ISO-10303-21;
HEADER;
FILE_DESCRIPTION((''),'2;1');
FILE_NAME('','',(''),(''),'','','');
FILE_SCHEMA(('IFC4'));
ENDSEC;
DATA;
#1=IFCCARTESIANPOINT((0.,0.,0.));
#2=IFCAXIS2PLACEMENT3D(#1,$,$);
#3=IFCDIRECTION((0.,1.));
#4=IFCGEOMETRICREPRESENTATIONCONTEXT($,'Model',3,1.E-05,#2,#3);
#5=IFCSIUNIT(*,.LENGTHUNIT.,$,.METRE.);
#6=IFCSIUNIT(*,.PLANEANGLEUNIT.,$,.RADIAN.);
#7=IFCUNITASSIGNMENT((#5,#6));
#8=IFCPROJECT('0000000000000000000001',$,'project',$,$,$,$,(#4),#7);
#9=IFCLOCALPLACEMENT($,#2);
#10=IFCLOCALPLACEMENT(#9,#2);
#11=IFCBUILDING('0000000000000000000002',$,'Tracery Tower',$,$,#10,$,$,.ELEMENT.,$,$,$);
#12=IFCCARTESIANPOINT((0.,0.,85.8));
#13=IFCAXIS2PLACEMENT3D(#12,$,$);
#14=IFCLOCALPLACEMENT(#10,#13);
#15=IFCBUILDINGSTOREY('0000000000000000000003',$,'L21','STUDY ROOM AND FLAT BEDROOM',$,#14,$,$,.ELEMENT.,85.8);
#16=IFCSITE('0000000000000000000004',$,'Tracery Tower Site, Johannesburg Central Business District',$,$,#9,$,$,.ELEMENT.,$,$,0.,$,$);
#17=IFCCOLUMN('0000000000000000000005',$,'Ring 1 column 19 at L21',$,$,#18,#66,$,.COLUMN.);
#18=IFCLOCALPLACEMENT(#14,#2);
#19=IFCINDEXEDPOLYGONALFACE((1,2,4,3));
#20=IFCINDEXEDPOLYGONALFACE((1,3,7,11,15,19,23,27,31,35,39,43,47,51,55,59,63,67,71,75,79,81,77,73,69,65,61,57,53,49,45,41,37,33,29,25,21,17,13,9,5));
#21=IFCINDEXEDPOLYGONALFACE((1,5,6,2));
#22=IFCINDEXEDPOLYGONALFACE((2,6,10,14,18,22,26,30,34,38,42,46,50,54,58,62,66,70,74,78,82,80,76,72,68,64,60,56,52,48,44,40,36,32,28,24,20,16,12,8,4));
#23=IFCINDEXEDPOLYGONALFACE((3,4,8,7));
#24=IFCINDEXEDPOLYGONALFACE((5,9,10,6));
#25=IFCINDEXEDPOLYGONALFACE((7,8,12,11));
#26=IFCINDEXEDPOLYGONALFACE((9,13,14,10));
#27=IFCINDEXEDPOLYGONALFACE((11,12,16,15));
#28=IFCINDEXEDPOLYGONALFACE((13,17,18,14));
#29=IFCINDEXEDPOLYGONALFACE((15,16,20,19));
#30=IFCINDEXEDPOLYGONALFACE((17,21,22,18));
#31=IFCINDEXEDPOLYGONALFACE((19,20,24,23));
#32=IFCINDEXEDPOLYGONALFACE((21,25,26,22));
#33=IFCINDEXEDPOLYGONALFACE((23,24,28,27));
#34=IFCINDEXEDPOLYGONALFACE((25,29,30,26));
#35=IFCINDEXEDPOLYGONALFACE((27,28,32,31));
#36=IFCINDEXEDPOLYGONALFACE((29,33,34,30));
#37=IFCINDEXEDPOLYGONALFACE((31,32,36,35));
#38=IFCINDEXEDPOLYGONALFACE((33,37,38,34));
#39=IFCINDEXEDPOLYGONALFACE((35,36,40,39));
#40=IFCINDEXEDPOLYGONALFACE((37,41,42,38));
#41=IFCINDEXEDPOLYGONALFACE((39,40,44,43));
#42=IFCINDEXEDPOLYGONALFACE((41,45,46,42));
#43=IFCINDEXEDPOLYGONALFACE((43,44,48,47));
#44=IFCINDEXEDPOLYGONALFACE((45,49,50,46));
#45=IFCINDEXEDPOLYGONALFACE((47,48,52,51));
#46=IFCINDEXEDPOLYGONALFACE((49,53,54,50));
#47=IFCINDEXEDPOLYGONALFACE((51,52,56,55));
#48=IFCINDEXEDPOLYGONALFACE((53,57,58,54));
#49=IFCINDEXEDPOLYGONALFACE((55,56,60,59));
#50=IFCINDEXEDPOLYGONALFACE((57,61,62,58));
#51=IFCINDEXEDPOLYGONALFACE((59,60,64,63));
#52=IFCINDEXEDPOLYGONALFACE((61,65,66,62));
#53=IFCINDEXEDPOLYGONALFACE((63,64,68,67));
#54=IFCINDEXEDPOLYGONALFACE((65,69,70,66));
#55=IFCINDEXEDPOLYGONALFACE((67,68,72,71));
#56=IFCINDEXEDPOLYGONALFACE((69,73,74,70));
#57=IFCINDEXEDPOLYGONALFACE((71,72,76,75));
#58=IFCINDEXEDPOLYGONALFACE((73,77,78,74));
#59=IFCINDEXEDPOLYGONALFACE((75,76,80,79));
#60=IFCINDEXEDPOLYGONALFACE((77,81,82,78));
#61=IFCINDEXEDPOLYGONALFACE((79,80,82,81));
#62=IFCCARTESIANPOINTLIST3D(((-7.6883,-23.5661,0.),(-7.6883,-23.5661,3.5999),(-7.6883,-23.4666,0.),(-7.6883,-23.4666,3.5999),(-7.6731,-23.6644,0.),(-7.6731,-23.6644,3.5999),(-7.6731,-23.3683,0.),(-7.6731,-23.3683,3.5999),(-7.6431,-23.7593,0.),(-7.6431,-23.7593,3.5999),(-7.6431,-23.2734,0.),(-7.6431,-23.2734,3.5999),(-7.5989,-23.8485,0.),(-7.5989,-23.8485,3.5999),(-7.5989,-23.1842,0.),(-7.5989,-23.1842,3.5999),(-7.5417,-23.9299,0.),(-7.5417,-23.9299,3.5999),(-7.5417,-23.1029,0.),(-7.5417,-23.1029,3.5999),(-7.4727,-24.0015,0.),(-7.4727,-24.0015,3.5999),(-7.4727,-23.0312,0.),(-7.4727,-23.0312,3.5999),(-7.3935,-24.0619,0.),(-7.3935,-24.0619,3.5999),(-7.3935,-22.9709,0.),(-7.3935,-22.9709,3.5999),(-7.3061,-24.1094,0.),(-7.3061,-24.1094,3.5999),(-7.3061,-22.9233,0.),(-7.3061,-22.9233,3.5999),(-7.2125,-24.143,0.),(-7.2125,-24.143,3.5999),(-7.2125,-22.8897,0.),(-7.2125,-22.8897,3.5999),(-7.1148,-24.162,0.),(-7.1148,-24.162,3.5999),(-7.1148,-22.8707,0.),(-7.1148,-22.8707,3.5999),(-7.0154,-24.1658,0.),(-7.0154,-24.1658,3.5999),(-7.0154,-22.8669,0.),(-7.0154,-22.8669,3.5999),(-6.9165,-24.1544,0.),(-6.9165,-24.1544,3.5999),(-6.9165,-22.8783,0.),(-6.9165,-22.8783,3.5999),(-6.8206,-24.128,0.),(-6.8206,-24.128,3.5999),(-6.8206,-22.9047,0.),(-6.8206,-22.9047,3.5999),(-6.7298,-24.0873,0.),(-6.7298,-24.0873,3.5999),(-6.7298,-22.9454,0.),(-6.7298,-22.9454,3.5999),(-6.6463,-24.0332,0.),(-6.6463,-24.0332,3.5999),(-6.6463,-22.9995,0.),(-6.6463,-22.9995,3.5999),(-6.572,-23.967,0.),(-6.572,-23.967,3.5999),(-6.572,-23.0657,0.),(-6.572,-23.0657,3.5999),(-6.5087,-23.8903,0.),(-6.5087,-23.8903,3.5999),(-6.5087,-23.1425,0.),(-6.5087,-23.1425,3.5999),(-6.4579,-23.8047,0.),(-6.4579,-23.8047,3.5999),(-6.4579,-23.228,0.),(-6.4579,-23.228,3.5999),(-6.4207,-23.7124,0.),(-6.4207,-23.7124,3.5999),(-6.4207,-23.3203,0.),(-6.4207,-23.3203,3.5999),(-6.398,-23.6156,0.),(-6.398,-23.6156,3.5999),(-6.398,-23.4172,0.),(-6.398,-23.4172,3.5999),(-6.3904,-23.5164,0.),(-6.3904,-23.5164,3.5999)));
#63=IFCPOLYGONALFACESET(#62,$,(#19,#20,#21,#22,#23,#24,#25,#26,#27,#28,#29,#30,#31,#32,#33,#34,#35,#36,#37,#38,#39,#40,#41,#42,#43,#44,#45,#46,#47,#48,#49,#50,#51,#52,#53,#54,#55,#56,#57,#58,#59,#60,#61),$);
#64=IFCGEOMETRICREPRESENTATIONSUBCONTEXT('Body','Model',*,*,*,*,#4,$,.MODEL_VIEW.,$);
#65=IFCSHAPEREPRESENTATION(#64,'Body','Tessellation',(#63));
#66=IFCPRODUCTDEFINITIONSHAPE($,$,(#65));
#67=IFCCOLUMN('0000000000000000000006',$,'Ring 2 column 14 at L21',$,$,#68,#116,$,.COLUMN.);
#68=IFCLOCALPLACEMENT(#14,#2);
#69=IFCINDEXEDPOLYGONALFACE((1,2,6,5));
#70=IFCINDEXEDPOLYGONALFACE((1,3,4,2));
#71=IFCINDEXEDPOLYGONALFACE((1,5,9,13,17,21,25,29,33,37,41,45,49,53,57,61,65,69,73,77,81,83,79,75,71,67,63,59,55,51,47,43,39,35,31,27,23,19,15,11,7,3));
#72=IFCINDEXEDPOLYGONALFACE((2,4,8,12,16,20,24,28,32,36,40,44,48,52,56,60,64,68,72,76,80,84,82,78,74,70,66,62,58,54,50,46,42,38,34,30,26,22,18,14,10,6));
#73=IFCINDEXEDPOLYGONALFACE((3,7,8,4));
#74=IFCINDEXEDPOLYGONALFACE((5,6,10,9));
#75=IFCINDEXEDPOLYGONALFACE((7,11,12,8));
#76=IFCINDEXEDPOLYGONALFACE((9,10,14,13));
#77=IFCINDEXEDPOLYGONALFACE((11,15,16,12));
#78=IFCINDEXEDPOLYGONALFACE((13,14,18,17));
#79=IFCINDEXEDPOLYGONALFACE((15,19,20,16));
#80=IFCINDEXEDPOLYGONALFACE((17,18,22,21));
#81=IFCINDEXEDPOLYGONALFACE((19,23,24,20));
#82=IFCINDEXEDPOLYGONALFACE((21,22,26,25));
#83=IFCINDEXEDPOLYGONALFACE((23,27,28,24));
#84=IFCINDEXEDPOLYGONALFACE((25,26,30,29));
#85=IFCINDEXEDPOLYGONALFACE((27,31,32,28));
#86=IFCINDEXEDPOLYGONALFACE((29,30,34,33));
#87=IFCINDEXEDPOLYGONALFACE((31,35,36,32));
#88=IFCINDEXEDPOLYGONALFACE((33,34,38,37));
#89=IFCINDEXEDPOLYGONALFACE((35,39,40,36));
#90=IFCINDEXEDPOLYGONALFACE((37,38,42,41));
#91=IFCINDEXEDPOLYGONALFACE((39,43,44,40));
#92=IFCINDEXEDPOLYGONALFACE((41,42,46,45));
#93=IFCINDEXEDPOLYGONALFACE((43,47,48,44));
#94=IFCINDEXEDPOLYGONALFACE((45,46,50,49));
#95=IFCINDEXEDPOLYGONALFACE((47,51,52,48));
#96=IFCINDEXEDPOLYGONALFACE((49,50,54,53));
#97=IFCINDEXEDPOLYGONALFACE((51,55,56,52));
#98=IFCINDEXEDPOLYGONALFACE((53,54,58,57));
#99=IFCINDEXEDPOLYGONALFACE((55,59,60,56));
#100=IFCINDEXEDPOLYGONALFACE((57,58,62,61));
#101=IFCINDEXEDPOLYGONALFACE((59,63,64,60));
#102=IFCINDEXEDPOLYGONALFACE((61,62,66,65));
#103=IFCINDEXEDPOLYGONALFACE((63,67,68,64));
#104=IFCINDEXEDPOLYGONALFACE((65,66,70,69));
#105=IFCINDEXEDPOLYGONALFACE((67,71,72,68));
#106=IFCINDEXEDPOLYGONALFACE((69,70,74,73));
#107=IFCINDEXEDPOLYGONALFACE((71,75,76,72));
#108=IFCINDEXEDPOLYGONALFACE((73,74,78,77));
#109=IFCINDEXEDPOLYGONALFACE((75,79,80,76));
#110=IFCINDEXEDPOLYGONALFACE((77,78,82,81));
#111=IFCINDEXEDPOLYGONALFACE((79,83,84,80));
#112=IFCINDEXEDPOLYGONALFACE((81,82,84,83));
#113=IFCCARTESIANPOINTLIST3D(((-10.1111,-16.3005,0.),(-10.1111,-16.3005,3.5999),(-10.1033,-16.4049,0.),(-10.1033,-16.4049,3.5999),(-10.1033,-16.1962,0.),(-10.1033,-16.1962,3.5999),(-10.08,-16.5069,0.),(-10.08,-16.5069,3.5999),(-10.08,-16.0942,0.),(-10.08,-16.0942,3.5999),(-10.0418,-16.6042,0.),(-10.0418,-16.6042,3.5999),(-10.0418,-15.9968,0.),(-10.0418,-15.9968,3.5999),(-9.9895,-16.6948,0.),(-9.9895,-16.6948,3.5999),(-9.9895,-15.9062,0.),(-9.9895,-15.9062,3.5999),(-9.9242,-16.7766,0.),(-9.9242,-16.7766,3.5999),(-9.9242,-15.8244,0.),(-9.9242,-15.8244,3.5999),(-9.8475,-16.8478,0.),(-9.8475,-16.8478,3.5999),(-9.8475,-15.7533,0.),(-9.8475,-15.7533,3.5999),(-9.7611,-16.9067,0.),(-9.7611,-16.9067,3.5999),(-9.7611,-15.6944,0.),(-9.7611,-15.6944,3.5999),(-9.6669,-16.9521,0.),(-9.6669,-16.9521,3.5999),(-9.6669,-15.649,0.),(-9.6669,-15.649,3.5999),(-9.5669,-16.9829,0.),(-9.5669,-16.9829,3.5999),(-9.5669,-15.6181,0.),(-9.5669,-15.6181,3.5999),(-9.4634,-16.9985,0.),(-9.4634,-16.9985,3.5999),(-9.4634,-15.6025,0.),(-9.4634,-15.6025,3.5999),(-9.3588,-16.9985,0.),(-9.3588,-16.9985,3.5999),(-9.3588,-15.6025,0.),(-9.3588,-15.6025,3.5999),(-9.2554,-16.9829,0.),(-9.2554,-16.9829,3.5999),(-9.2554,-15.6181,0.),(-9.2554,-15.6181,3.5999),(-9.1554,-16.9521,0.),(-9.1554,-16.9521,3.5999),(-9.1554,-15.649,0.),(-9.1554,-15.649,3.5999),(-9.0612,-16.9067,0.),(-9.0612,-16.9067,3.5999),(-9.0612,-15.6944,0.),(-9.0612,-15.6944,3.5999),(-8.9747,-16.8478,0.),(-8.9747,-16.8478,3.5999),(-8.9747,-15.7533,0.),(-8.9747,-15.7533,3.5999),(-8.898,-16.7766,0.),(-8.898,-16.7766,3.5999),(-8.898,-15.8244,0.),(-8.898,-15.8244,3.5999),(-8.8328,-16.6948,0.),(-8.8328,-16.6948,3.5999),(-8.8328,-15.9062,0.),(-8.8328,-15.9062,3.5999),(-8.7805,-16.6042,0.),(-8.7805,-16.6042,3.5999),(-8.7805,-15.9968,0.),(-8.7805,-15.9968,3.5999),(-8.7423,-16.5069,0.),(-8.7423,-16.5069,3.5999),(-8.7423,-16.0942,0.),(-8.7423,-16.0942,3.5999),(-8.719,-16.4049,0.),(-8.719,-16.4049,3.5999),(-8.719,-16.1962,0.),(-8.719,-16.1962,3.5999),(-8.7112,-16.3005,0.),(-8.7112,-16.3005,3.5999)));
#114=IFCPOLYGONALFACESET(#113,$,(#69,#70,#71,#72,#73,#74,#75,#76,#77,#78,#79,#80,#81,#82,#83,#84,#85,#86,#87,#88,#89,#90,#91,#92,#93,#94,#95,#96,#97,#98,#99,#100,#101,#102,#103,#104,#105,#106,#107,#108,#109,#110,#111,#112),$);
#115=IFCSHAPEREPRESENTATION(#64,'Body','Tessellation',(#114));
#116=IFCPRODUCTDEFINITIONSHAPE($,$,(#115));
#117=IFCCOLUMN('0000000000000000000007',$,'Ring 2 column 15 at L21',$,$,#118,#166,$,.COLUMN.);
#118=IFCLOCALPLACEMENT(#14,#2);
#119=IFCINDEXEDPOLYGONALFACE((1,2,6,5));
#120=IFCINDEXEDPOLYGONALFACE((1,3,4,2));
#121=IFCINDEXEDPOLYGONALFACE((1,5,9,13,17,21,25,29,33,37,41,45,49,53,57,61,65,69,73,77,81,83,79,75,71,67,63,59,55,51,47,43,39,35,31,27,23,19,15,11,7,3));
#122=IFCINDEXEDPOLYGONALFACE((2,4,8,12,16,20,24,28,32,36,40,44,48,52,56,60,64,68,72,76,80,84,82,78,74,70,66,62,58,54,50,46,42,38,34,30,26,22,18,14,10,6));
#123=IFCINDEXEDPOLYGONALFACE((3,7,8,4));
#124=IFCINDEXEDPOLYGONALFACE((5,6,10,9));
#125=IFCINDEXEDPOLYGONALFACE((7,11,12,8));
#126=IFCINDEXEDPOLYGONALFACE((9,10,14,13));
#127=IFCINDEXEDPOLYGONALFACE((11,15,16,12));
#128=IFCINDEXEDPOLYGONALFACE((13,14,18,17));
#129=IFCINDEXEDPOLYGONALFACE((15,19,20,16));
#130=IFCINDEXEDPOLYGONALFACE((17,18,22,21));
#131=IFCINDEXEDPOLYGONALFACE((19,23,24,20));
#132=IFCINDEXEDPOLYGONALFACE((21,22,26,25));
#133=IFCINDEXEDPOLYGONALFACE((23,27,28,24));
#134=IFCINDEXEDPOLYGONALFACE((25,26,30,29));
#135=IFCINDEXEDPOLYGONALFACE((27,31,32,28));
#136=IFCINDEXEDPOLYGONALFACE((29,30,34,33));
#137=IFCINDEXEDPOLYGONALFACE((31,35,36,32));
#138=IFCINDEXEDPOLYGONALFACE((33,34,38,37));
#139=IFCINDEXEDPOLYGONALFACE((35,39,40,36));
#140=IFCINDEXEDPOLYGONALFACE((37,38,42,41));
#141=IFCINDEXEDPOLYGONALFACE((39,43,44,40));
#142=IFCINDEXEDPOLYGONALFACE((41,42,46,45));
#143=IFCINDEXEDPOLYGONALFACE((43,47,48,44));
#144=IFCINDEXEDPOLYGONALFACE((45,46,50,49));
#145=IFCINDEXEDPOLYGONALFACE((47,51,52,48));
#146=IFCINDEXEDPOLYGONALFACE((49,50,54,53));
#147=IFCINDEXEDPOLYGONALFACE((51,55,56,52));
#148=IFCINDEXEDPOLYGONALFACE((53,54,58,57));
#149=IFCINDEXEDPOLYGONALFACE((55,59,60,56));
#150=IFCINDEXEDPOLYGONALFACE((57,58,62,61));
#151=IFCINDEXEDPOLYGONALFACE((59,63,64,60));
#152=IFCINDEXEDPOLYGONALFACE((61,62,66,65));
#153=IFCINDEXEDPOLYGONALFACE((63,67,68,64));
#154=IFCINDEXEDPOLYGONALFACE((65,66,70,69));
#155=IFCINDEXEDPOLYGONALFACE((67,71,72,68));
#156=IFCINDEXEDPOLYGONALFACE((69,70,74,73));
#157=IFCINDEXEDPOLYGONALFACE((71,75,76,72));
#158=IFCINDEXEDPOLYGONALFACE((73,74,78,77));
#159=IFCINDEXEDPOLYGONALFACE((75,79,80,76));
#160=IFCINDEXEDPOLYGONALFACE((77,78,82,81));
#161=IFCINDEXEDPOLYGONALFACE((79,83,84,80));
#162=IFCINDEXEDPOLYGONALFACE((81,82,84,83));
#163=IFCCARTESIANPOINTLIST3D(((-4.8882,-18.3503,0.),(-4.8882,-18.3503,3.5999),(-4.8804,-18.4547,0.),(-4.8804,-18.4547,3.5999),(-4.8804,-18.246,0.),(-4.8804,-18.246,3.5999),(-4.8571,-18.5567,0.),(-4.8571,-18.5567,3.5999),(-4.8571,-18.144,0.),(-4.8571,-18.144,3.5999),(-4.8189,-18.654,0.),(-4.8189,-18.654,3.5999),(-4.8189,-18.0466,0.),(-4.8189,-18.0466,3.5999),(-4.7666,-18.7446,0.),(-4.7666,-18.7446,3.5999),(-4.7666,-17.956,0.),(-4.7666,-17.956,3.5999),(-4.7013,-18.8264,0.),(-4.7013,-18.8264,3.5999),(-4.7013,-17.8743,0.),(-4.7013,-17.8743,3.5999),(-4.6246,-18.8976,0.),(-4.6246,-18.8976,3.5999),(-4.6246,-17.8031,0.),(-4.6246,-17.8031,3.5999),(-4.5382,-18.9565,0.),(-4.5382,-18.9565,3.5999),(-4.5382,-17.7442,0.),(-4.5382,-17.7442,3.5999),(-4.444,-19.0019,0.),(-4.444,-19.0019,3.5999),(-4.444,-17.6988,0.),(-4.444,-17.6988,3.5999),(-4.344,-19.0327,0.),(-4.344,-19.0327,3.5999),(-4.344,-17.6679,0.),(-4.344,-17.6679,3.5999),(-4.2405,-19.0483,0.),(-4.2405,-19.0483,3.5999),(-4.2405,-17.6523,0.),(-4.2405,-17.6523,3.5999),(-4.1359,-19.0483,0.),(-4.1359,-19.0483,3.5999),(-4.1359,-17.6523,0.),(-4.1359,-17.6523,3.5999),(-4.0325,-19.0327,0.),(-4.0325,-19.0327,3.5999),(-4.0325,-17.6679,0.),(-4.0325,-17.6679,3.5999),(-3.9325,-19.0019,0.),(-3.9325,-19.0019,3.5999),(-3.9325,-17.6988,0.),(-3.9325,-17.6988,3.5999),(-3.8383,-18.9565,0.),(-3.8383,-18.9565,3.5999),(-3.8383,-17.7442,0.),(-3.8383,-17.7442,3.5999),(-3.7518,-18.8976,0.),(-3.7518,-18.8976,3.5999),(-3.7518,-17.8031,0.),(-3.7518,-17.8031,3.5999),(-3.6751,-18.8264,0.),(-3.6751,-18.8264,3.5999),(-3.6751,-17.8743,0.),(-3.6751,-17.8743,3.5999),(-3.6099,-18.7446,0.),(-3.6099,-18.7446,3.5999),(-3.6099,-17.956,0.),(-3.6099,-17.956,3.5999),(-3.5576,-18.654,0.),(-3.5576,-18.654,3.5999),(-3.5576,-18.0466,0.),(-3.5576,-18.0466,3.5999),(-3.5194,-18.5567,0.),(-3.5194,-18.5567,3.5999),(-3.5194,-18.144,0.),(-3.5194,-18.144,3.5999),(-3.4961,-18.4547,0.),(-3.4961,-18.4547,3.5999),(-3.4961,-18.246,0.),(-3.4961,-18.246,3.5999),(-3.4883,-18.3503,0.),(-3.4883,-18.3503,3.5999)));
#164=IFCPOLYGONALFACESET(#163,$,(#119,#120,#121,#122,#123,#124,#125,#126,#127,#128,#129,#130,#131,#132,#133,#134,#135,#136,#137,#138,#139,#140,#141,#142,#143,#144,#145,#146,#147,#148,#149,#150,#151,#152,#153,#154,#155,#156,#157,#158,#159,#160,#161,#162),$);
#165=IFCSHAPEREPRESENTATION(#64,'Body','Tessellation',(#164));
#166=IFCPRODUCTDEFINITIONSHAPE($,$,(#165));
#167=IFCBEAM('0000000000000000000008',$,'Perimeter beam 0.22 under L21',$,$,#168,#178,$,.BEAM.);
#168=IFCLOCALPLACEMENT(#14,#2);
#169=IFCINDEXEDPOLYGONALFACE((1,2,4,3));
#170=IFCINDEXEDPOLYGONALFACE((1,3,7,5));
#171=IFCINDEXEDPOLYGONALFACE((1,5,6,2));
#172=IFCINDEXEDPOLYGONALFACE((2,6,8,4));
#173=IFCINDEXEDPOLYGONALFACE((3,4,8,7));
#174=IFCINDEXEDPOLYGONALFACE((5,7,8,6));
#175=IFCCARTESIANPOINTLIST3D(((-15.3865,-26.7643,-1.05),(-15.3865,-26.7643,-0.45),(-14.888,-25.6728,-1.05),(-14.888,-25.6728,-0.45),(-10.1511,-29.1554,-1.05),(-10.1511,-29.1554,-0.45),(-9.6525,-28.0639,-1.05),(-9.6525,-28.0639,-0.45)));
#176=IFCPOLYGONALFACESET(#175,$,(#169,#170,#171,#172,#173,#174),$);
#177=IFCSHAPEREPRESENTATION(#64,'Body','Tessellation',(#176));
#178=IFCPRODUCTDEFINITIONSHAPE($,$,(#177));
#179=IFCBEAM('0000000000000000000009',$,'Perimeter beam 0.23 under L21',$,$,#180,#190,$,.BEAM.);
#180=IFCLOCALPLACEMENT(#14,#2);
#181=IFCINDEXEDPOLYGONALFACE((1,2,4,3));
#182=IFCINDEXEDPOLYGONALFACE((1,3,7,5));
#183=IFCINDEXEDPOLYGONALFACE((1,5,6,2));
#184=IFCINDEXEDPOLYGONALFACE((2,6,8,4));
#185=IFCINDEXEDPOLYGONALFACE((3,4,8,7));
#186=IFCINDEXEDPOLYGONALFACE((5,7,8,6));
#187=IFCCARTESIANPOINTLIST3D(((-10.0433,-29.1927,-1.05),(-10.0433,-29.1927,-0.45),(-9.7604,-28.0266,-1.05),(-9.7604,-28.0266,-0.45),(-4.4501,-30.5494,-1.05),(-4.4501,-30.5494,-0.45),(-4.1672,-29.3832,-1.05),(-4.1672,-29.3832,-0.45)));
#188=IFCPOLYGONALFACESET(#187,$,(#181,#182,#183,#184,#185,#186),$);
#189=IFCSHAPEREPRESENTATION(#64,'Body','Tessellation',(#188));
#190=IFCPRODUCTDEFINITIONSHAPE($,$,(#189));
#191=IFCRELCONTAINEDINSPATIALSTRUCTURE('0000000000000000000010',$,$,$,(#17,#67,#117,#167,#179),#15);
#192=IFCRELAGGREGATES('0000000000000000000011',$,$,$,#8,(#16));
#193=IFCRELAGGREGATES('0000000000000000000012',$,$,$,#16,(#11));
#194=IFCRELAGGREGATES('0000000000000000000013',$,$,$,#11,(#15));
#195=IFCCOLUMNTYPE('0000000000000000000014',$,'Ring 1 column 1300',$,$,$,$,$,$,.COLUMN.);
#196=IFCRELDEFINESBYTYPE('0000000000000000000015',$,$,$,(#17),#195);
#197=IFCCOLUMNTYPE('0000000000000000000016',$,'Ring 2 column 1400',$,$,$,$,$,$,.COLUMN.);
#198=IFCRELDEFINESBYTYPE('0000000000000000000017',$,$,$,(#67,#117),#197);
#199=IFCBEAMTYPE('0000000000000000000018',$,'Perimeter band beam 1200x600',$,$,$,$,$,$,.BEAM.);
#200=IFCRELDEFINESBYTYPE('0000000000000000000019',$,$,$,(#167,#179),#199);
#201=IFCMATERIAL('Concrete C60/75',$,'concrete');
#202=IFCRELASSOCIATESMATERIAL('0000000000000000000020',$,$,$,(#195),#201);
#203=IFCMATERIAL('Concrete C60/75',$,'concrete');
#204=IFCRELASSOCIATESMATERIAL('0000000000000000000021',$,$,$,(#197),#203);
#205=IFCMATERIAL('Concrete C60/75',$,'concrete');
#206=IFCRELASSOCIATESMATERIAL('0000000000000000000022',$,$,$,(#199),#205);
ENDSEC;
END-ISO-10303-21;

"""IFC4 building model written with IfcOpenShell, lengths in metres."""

from ifc_helpers import new_model, si_unit, direction, frame, origin, origin_2d, place, context, subcontext, project, spatial, rectangle, circle, extrude, material, material_profile, profile_set, type_object, element, save


model = new_model("IFC4")

# Units and contexts
model_context = context("Model", 3, precision=1e-05, world=origin(), true_north=direction((0.0, 1.0)))
body_context = subcontext(model_context, "Body", "Model", "MODEL_VIEW")
ifc_project = project(units=[si_unit("LENGTHUNIT", "METRE"), si_unit("PLANEANGLEUNIT", "RADIAN")], contexts=[model_context])

# Site, building, storey
site_placement = place(None, origin())
site = spatial("IfcSite", under=ifc_project, at=site_placement, Name="Tracery Tower Site, Johannesburg Central Business District", CompositionType="ELEMENT", RefElevation=0.0)
building_placement = place(site_placement, origin())
building = spatial("IfcBuilding", under=site, at=building_placement, Name="Tracery Tower", CompositionType="ELEMENT")
storey_placement = place(building_placement, frame((0.0, 0.0, 85.8)))
storey = spatial("IfcBuildingStorey", under=building, at=storey_placement, Name="L21", Description="STUDY ROOM AND FLAT BEDROOM", CompositionType="ELEMENT", Elevation=85.8)

# Columns
ifc_material_1 = material(Name="Concrete C60/75", Category="concrete")
ifc_material_profile_1 = material_profile(ifc_material_1, circle(Radius=0.6499, at=origin_2d()), Name="RC D1300")
ifc_profile_set_1 = profile_set([ifc_material_profile_1], Name="Concrete C60/75")
column_type_1 = type_object("IfcColumnType", Name="Ring 1 column 1300", PredefinedType="COLUMN", material=ifc_profile_set_1)
for number, where, z_axis, x_axis, name in (
    (1, (-7.0403, -23.5164, 0.0), (0.0, 0.0, 1.0), (1.0, 0.0, 0.0), "Ring 1 column 19 at L21"),
):
    element("IfcColumn", number, at=place(storey_placement, frame(where, z_axis=z_axis, x_axis=x_axis)), inside=storey, type_object=column_type_1, Name=name, PredefinedType="COLUMN", context=body_context, shape_type="SweptSolid", body=[
        extrude(circle(Radius=0.6499, at=origin_2d()), origin(), (0.0, 0.0, 1.0), 3.5999),
    ])
ifc_material_2 = material(Name="Concrete C60/75", Category="concrete")
ifc_material_profile_2 = material_profile(ifc_material_2, circle(Radius=0.7, at=origin_2d()), Name="RC D1400")
ifc_profile_set_2 = profile_set([ifc_material_profile_2], Name="Concrete C60/75")
column_type_2 = type_object("IfcColumnType", Name="Ring 2 column 1400", PredefinedType="COLUMN", material=ifc_profile_set_2)
for number, where, z_axis, x_axis, name in (
    (2, (-9.4111, -16.3005, 0.0), (0.0, 0.0, 1.0), (1.0, 0.0, 0.0), "Ring 2 column 14 at L21"),
    (3, (-4.1882, -18.3503, 0.0), (0.0, 0.0, 1.0), (1.0, 0.0, 0.0), "Ring 2 column 15 at L21"),
):
    element("IfcColumn", number, at=place(storey_placement, frame(where, z_axis=z_axis, x_axis=x_axis)), inside=storey, type_object=column_type_2, Name=name, PredefinedType="COLUMN", context=body_context, shape_type="SweptSolid", body=[
        extrude(circle(Radius=0.7, at=origin_2d()), origin(), (0.0, 0.0, 1.0), 3.5999),
    ])

# Beams
ifc_material_3 = material(Name="Concrete C60/75", Category="concrete")
ifc_material_profile_3 = material_profile(ifc_material_3, rectangle(XDim=1.2, YDim=0.6001, at=origin_2d()), Name="RC 1200x600")
ifc_profile_set_3 = profile_set([ifc_material_profile_3], Name="Concrete C60/75")
beam_type = type_object("IfcBeamType", Name="Perimeter band beam 1200x600", PredefinedType="BEAM", material=ifc_profile_set_3)
beam_1_placement = place(storey_placement, frame((-15.1372, -26.2185, -0.75), z_axis=(0.909618, -0.415445, 0.0), x_axis=(0.415445, 0.909618, 0.0)))
element("IfcBeam", 4, at=beam_1_placement, inside=storey, type_object=beam_type, Name="Perimeter beam 0.22 under L21", PredefinedType="BEAM", context=body_context, shape_type="SweptSolid", body=[
    extrude(rectangle(XDim=1.2, YDim=0.6001, at=origin_2d()), origin(), (0.0, 0.0, 1.0), 5.7556),
])
beam_2_placement = place(storey_placement, frame((-9.9019, -28.6096, -0.75), z_axis=(0.97182, -0.235723, 0.0), x_axis=(0.235723, 0.97182, 0.0)))
element("IfcBeam", 5, at=beam_2_placement, inside=storey, type_object=beam_type, Name="Perimeter beam 0.23 under L21", PredefinedType="BEAM", context=body_context, shape_type="SweptSolid", body=[
    extrude(rectangle(XDim=1.2, YDim=0.6001, at=origin_2d()), origin(), (0.0, 0.0, 1.0), 5.7554),
])

save(model, "model.ifc")
